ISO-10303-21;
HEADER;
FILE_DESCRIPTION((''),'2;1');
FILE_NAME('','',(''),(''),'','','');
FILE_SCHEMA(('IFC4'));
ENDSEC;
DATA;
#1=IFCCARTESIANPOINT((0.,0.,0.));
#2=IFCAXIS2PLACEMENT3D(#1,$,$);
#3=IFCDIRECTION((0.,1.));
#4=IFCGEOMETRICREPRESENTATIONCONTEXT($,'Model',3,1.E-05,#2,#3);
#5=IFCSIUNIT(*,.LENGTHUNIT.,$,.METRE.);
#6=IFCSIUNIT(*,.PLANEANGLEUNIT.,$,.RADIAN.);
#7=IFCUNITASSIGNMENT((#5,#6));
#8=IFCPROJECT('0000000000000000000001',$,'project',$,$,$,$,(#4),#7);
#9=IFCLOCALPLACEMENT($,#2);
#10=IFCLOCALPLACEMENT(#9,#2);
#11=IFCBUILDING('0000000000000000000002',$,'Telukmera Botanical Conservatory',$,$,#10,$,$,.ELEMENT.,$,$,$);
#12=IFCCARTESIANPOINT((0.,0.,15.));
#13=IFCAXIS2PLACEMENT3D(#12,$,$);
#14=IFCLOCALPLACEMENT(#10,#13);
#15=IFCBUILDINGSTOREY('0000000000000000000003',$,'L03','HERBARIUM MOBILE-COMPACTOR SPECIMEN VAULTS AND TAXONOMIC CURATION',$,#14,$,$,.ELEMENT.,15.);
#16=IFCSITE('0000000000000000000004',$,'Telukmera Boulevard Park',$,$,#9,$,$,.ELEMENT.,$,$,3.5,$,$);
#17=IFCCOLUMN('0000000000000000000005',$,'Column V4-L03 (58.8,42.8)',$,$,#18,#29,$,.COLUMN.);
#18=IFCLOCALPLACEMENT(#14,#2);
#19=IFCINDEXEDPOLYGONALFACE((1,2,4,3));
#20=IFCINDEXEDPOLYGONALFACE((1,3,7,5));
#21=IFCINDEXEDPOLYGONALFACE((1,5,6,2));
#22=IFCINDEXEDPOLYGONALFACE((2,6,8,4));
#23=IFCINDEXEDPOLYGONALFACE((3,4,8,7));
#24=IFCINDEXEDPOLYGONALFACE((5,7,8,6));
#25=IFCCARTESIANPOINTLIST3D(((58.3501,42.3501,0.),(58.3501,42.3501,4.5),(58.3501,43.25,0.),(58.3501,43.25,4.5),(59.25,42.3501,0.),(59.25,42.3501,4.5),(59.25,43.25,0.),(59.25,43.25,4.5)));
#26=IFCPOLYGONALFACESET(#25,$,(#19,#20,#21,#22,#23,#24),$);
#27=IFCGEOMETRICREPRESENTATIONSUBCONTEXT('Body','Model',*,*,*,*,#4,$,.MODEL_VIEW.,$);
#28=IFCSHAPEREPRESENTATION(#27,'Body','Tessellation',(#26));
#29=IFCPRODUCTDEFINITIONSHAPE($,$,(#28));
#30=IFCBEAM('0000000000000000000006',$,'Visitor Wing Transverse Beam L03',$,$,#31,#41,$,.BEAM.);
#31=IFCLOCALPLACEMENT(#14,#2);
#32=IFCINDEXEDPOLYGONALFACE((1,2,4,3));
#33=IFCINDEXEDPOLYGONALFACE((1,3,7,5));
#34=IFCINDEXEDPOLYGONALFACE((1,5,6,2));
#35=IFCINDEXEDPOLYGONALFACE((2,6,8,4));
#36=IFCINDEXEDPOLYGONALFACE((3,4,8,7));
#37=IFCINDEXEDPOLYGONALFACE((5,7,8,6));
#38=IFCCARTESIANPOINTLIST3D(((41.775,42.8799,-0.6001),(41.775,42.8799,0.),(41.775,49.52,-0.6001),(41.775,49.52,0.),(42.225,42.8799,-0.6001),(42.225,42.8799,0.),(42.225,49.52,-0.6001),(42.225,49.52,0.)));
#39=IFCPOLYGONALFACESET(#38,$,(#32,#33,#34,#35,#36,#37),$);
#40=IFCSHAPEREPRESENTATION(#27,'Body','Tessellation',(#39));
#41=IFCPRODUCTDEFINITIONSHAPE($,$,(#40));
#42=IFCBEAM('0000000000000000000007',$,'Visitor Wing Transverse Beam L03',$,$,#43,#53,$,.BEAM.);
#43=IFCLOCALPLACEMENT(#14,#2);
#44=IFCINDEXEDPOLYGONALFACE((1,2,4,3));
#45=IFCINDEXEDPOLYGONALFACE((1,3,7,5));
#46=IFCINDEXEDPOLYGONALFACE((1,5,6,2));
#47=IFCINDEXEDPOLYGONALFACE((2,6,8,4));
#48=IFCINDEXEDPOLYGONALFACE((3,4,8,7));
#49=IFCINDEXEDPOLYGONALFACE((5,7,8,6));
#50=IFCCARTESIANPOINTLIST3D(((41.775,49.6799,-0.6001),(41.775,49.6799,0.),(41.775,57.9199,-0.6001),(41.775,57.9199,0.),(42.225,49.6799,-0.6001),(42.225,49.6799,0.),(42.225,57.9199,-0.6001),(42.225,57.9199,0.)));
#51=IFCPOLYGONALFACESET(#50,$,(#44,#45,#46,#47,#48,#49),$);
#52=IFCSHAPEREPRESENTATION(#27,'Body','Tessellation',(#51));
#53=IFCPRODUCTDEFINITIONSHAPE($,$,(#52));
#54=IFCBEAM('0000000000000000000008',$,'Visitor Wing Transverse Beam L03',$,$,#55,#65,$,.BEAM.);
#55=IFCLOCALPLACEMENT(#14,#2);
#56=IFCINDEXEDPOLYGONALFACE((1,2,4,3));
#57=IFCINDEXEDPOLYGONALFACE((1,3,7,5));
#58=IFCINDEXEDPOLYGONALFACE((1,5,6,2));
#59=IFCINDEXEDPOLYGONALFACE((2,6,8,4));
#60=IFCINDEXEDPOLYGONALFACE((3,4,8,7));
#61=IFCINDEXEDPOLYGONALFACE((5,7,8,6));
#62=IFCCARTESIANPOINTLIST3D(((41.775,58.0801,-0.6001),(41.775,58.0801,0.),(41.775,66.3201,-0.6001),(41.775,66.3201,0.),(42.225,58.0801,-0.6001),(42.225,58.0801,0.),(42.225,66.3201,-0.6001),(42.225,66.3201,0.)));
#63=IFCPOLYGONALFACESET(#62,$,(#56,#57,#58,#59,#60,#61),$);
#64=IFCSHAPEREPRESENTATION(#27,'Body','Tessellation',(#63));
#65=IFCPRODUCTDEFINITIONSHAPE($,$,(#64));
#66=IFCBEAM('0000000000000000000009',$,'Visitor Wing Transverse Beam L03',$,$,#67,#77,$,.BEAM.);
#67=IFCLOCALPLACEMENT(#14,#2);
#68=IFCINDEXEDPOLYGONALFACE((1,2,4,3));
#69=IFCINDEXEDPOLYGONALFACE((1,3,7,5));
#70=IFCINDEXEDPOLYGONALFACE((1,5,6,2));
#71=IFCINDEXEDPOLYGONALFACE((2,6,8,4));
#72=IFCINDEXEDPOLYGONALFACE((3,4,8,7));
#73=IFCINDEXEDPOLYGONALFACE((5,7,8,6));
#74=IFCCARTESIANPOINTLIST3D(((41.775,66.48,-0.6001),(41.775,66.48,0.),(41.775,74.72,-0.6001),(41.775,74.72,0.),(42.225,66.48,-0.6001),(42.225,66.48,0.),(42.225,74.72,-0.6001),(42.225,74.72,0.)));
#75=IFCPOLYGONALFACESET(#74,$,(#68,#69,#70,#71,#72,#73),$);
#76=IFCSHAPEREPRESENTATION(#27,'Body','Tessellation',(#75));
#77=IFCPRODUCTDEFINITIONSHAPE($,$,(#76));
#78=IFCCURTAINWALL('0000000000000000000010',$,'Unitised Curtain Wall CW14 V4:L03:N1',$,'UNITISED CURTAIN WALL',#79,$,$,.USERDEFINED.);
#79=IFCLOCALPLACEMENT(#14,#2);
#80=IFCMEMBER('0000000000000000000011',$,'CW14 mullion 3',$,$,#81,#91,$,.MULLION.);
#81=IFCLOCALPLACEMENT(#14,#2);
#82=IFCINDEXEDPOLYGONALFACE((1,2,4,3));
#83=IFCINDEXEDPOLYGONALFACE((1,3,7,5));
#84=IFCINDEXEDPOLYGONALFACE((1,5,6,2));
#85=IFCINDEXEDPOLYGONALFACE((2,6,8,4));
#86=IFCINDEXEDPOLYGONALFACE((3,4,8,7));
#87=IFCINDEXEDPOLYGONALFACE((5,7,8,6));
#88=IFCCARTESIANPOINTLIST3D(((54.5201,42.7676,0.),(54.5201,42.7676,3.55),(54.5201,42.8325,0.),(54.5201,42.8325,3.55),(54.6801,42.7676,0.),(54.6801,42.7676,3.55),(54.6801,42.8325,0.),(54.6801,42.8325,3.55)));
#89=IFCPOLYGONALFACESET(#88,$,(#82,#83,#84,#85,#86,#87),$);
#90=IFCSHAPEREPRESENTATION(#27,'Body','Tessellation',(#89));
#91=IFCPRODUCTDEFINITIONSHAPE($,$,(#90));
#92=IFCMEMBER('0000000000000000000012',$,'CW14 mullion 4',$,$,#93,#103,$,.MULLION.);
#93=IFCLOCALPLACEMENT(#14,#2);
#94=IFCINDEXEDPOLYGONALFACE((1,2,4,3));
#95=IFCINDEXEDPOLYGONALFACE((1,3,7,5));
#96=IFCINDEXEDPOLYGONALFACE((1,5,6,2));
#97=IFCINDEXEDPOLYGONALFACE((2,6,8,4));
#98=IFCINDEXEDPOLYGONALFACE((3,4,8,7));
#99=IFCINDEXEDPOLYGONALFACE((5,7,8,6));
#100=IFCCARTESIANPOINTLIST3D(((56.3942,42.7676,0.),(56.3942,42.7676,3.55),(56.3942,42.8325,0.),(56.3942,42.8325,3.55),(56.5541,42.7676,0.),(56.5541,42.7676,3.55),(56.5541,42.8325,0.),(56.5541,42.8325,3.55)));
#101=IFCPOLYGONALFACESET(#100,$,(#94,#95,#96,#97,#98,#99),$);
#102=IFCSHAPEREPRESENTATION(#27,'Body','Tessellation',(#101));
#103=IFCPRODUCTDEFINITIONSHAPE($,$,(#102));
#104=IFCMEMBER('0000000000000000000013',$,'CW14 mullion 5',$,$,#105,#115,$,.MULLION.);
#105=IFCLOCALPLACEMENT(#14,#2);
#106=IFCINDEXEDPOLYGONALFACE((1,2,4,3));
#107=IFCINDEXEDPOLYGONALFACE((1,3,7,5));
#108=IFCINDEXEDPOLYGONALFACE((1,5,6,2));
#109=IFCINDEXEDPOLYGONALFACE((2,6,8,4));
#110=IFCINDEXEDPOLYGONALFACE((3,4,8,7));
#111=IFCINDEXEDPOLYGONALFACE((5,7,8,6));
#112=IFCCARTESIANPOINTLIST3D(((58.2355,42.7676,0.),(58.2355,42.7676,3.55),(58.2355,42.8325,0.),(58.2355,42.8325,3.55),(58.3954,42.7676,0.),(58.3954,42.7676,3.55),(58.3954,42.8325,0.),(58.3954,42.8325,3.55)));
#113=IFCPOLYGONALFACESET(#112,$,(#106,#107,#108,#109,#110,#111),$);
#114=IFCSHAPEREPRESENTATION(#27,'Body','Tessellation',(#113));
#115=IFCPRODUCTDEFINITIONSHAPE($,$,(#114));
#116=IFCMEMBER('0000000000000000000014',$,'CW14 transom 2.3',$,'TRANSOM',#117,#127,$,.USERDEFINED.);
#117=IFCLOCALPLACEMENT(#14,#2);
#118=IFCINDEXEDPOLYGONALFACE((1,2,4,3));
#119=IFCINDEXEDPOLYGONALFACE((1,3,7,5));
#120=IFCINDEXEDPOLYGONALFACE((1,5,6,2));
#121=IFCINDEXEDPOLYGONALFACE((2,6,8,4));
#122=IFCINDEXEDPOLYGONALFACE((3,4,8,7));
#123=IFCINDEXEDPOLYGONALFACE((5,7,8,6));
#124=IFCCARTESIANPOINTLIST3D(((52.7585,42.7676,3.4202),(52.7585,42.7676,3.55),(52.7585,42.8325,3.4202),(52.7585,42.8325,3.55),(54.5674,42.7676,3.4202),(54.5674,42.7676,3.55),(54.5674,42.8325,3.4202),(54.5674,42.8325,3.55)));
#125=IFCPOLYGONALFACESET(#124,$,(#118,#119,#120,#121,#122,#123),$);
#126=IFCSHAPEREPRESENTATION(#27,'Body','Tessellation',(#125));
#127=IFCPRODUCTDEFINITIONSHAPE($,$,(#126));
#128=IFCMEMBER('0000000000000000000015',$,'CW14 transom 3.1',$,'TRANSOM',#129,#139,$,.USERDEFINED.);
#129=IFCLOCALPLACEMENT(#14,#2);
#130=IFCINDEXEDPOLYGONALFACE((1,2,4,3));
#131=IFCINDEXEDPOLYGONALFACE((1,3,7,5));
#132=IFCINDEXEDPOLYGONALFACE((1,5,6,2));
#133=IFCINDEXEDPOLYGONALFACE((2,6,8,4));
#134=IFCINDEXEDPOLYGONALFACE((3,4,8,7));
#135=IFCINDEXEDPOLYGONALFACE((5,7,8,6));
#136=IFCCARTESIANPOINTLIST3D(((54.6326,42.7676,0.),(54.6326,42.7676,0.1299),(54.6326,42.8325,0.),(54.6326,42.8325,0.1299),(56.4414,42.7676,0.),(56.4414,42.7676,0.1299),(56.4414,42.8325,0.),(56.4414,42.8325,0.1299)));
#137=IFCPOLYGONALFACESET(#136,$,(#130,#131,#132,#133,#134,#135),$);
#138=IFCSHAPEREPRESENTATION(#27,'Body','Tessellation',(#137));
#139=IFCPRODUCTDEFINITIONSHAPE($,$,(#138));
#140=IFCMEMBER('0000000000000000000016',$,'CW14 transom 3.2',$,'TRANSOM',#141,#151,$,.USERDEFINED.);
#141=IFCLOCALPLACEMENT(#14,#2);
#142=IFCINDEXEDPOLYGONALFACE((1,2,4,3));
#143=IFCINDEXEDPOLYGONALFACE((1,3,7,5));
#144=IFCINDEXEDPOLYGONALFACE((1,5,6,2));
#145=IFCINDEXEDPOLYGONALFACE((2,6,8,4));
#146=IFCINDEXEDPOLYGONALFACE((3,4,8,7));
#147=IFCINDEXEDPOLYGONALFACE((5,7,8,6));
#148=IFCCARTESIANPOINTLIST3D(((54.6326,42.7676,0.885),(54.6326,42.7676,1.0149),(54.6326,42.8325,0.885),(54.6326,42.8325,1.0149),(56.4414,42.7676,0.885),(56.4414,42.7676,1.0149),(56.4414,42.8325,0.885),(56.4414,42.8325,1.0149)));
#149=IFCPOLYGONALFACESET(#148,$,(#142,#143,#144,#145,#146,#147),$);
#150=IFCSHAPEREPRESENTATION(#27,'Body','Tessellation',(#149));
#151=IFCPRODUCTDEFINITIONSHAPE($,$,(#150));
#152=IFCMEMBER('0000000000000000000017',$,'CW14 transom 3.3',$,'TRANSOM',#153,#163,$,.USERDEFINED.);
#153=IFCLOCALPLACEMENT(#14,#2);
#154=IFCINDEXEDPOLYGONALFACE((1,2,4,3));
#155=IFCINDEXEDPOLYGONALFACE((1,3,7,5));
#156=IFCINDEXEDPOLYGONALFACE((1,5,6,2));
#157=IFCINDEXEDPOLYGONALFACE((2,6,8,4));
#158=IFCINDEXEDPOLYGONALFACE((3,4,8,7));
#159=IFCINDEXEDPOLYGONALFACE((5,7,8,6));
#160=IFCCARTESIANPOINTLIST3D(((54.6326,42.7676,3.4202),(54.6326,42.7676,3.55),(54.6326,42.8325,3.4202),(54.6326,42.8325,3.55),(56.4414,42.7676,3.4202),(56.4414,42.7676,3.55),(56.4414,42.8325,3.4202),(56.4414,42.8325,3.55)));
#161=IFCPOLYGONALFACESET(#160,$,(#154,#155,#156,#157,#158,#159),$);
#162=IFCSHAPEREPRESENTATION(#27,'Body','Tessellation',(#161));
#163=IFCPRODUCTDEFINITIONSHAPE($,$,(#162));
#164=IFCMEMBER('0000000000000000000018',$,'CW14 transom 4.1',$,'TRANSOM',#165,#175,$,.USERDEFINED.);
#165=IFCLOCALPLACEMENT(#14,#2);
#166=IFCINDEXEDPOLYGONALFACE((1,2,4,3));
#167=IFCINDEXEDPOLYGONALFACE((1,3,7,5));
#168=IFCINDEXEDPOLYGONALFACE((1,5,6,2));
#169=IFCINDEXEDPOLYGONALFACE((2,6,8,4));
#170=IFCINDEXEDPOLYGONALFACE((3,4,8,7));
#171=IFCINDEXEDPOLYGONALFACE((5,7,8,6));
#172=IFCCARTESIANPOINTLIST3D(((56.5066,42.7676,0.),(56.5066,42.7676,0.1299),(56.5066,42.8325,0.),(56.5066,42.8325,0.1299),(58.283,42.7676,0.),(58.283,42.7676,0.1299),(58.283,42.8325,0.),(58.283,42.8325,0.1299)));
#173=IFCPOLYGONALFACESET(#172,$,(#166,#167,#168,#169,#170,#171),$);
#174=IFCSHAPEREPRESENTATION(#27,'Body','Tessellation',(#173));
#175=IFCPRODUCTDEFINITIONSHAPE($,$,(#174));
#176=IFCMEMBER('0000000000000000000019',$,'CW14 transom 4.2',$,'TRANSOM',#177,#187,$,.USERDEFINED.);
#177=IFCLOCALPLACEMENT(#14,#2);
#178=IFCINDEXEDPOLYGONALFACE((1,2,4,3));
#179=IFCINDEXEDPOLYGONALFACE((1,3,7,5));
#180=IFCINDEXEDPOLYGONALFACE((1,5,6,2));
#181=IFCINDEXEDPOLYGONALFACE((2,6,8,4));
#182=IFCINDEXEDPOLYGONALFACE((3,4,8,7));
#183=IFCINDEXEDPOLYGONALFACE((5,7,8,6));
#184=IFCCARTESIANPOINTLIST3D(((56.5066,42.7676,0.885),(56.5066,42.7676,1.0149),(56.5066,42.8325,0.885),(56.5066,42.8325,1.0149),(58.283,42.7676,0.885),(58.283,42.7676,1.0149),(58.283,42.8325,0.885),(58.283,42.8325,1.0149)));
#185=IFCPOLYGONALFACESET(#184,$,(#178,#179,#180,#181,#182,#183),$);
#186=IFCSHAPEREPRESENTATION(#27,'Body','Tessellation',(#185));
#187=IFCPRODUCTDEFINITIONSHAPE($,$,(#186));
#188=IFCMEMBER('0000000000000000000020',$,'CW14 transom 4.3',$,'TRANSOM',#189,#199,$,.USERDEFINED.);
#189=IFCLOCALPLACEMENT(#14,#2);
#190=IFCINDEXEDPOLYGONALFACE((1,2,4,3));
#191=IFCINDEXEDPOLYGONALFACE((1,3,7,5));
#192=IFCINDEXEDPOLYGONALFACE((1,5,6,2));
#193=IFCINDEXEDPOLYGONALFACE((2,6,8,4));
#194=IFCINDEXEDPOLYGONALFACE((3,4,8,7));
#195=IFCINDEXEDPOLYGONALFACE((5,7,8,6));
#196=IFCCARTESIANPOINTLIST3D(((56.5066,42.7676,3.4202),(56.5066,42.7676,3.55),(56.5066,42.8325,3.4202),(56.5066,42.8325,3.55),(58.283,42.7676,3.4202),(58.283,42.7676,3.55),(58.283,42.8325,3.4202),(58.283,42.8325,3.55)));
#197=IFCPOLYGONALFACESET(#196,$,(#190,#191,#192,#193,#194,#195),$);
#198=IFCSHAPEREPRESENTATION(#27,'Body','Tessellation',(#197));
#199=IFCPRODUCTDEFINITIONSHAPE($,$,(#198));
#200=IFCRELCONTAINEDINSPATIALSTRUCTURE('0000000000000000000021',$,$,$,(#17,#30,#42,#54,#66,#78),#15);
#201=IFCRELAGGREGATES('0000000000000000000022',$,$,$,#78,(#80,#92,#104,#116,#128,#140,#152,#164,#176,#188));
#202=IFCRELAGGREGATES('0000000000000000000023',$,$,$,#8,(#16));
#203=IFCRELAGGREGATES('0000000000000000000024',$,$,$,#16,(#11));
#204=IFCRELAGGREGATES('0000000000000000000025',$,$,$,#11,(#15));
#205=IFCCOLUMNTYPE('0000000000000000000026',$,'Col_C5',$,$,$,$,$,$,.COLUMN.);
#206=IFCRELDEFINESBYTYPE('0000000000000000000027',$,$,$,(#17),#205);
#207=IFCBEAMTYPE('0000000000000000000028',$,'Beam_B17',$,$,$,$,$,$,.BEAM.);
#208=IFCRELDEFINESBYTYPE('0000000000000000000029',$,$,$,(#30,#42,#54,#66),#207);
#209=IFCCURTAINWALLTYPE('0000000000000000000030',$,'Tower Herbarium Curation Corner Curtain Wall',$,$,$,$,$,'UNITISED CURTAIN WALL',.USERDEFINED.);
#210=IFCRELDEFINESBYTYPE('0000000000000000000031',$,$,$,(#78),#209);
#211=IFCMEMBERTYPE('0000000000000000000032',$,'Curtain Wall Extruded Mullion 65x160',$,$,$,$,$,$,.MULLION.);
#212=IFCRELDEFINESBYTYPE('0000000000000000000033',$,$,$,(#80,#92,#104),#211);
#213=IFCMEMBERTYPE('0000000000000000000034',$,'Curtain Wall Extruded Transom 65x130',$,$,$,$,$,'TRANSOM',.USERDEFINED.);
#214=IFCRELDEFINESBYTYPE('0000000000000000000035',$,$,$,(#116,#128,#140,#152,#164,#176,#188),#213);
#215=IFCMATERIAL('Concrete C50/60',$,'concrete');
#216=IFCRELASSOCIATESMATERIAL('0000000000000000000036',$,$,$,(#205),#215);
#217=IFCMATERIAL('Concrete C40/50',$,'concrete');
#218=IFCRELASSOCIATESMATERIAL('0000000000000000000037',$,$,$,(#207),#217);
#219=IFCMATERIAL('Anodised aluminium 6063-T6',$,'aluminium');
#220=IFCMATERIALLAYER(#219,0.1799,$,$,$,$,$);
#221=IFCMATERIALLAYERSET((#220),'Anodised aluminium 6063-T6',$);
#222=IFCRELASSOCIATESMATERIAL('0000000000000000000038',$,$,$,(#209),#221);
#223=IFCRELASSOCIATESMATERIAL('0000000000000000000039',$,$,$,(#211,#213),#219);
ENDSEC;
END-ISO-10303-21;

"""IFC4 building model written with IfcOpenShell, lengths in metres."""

from ifc_helpers import new_model, si_unit, direction, frame, origin, origin_2d, place, context, subcontext, project, spatial, rectangle, extrude, material, layer, layer_set, material_profile, profile_set, type_object, element, aggregate, save


model = new_model("IFC4")

# Units and contexts
model_context = context("Model", 3, precision=1e-05, world=origin(), true_north=direction((0.0, 1.0)))
body_context = subcontext(model_context, "Body", "Model", "MODEL_VIEW")
ifc_project = project(units=[si_unit("LENGTHUNIT", "METRE"), si_unit("PLANEANGLEUNIT", "RADIAN")], contexts=[model_context])

# Site, building, storey
site_placement = place(None, origin())
site = spatial("IfcSite", under=ifc_project, at=site_placement, Name="Telukmera Boulevard Park", CompositionType="ELEMENT", RefElevation=3.5)
building_placement = place(site_placement, origin())
building = spatial("IfcBuilding", under=site, at=building_placement, Name="Telukmera Botanical Conservatory", CompositionType="ELEMENT")
storey_placement = place(building_placement, frame((0.0, 0.0, 15.0)))
storey = spatial("IfcBuildingStorey", under=building, at=storey_placement, Name="L03", Description="HERBARIUM MOBILE-COMPACTOR SPECIMEN VAULTS AND TAXONOMIC CURATION", CompositionType="ELEMENT", Elevation=15.0)

# Column
ifc_material_1 = material(Name="Concrete C50/60", Category="concrete")
ifc_material_profile_1 = material_profile(ifc_material_1, rectangle(XDim=0.8999, YDim=0.8999, at=origin_2d()), Name="RC 900x900")
ifc_profile_set_1 = profile_set([ifc_material_profile_1], Name="Concrete C50/60")
column_type = type_object("IfcColumnType", Name="Col_C5", PredefinedType="COLUMN", material=ifc_profile_set_1)
column_placement = place(storey_placement, frame((58.8, 42.8, 0.0), z_axis=(0.0, 0.0, 1.0), x_axis=(1.0, 0.0, 0.0)))
element("IfcColumn", 1, at=column_placement, inside=storey, type_object=column_type, Name="Column V4-L03 (58.8,42.8)", PredefinedType="COLUMN", context=body_context, shape_type="SweptSolid", body=[
    extrude(rectangle(XDim=0.8999, YDim=0.8999, at=origin_2d()), origin(), (0.0, 0.0, 1.0), 4.5),
])

# Beams
ifc_material_2 = material(Name="Concrete C40/50", Category="concrete")
ifc_material_profile_2 = material_profile(ifc_material_2, rectangle(XDim=0.45, YDim=0.6001, at=origin_2d()), Name="RC 450x600")
ifc_profile_set_2 = profile_set([ifc_material_profile_2], Name="Concrete C40/50")
beam_type = type_object("IfcBeamType", Name="Beam_B17", PredefinedType="BEAM", material=ifc_profile_set_2)
beam_placement = place(storey_placement, frame((42.0, 42.8799, -0.3), z_axis=(0.0, 1.0, 0.0), x_axis=(-1.0, 0.0, 0.0)))
element("IfcBeam", 2, at=beam_placement, inside=storey, type_object=beam_type, Name="Visitor Wing Transverse Beam L03", PredefinedType="BEAM", context=body_context, shape_type="SweptSolid", body=[
    extrude(rectangle(XDim=0.45, YDim=0.6001, at=origin_2d()), origin(), (0.0, 0.0, 1.0), 6.6401),
])
for number, where, z_axis, x_axis, name in (
    (3, (42.0, 49.6799, -0.3), (0.0, 1.0, 0.0), (-1.0, 0.0, 0.0), "Visitor Wing Transverse Beam L03"),
    (4, (42.0, 58.0801, -0.3), (0.0, 1.0, 0.0), (-1.0, 0.0, 0.0), "Visitor Wing Transverse Beam L03"),
    (5, (42.0, 66.48, -0.3), (0.0, 1.0, 0.0), (-1.0, 0.0, 0.0), "Visitor Wing Transverse Beam L03"),
):
    element("IfcBeam", number, at=place(storey_placement, frame(where, z_axis=z_axis, x_axis=x_axis)), inside=storey, type_object=beam_type, Name=name, PredefinedType="BEAM", context=body_context, shape_type="SweptSolid", body=[
        extrude(rectangle(XDim=0.45, YDim=0.6001, at=origin_2d()), origin(), (0.0, 0.0, 1.0), 8.24),
    ])

# Curtain wall, members
ifc_material_3 = material(Name="Anodised aluminium 6063-T6", Category="aluminium")
ifc_layer_1 = layer(ifc_material_3, 0.1799)
ifc_layer_set_1 = layer_set([ifc_layer_1], Name="Anodised aluminium 6063-T6")
curtain_wall_type = type_object("IfcCurtainWallType", Name="Tower Herbarium Curation Corner Curtain Wall", ElementType="UNITISED CURTAIN WALL", PredefinedType="USERDEFINED", material=ifc_layer_set_1)
curtain_wall_placement = place(storey_placement, origin())
curtain_wall = element("IfcCurtainWall", 6, at=curtain_wall_placement, inside=storey, type_object=curtain_wall_type, Name="Unitised Curtain Wall CW14 V4:L03:N1", ObjectType="UNITISED CURTAIN WALL", PredefinedType="USERDEFINED")
ifc_material_profile_3 = material_profile(ifc_material_3, rectangle(XDim=0.0649, YDim=0.1599, at=origin_2d()), Name="ALU MULL 65x160")
ifc_profile_set_3 = profile_set([ifc_material_profile_3], Name="Anodised aluminium 6063-T6")
member_type_1 = type_object("IfcMemberType", Name="Curtain Wall Extruded Mullion 65x160", PredefinedType="MULLION", material=ifc_profile_set_3)
member_1_placement = place(storey_placement, frame((54.6001, 42.8, 0.0), z_axis=(0.0, 0.0, 1.0), x_axis=(0.0, 1.0, 0.0)))
member_1 = element("IfcMember", 7, at=member_1_placement, type_object=member_type_1, Name="CW14 mullion 3", PredefinedType="MULLION", context=body_context, shape_type="SweptSolid", body=[
    extrude(rectangle(XDim=0.0649, YDim=0.1599, at=origin_2d()), origin(), (0.0, 0.0, 1.0), 3.55),
])
member_2_placement = place(storey_placement, frame((56.4741, 42.8, 0.0), z_axis=(0.0, 0.0, 1.0), x_axis=(0.0, 1.0, 0.0)))
member_2 = element("IfcMember", 8, at=member_2_placement, type_object=member_type_1, Name="CW14 mullion 4", PredefinedType="MULLION", context=body_context, shape_type="SweptSolid", body=[
    extrude(rectangle(XDim=0.0649, YDim=0.1599, at=origin_2d()), origin(), (0.0, 0.0, 1.0), 3.55),
])
member_3_placement = place(storey_placement, frame((58.3154, 42.8, 0.0), z_axis=(0.0, 0.0, 1.0), x_axis=(0.0, 1.0, 0.0)))
member_3 = element("IfcMember", 9, at=member_3_placement, type_object=member_type_1, Name="CW14 mullion 5", PredefinedType="MULLION", context=body_context, shape_type="SweptSolid", body=[
    extrude(rectangle(XDim=0.0649, YDim=0.1599, at=origin_2d()), origin(), (0.0, 0.0, 1.0), 3.55),
])
ifc_material_profile_4 = material_profile(ifc_material_3, rectangle(XDim=0.0649, YDim=0.1299, at=origin_2d()), Name="ALU TRAN 65x130")
ifc_profile_set_4 = profile_set([ifc_material_profile_4], Name="Anodised aluminium 6063-T6")
member_type_2 = type_object("IfcMemberType", Name="Curtain Wall Extruded Transom 65x130", ElementType="TRANSOM", PredefinedType="USERDEFINED", material=ifc_profile_set_4)
member_4_placement = place(storey_placement, frame((52.7585, 42.8, 3.4851), z_axis=(1.0, 0.0, 0.0), x_axis=(0.0, 1.0, 0.0)))
member_4 = element("IfcMember", 10, at=member_4_placement, type_object=member_type_2, Name="CW14 transom 2.3", ObjectType="TRANSOM", PredefinedType="USERDEFINED", context=body_context, shape_type="SweptSolid", body=[
    extrude(rectangle(XDim=0.0649, YDim=0.1299, at=origin_2d()), origin(), (0.0, 0.0, 1.0), 1.8088),
])
member_5_placement = place(storey_placement, frame((54.6326, 42.8, 0.0649), z_axis=(1.0, 0.0, 0.0), x_axis=(0.0, 1.0, 0.0)))
member_5 = element("IfcMember", 11, at=member_5_placement, type_object=member_type_2, Name="CW14 transom 3.1", ObjectType="TRANSOM", PredefinedType="USERDEFINED", context=body_context, shape_type="SweptSolid", body=[
    extrude(rectangle(XDim=0.0649, YDim=0.1299, at=origin_2d()), origin(), (0.0, 0.0, 1.0), 1.8088),
])
member_6_placement = place(storey_placement, frame((54.6326, 42.8, 0.95), z_axis=(1.0, 0.0, 0.0), x_axis=(0.0, 1.0, 0.0)))
member_6 = element("IfcMember", 12, at=member_6_placement, type_object=member_type_2, Name="CW14 transom 3.2", ObjectType="TRANSOM", PredefinedType="USERDEFINED", context=body_context, shape_type="SweptSolid", body=[
    extrude(rectangle(XDim=0.0649, YDim=0.1299, at=origin_2d()), origin(), (0.0, 0.0, 1.0), 1.8088),
])
member_7_placement = place(storey_placement, frame((54.6326, 42.8, 3.4851), z_axis=(1.0, 0.0, 0.0), x_axis=(0.0, 1.0, 0.0)))
member_7 = element("IfcMember", 13, at=member_7_placement, type_object=member_type_2, Name="CW14 transom 3.3", ObjectType="TRANSOM", PredefinedType="USERDEFINED", context=body_context, shape_type="SweptSolid", body=[
    extrude(rectangle(XDim=0.0649, YDim=0.1299, at=origin_2d()), origin(), (0.0, 0.0, 1.0), 1.8088),
])
member_8_placement = place(storey_placement, frame((56.5066, 42.8, 0.0649), z_axis=(1.0, 0.0, 0.0), x_axis=(0.0, 1.0, 0.0)))
member_8 = element("IfcMember", 14, at=member_8_placement, type_object=member_type_2, Name="CW14 transom 4.1", ObjectType="TRANSOM", PredefinedType="USERDEFINED", context=body_context, shape_type="SweptSolid", body=[
    extrude(rectangle(XDim=0.0649, YDim=0.1299, at=origin_2d()), origin(), (0.0, 0.0, 1.0), 1.7764),
])
member_9_placement = place(storey_placement, frame((56.5066, 42.8, 0.95), z_axis=(1.0, 0.0, 0.0), x_axis=(0.0, 1.0, 0.0)))
member_9 = element("IfcMember", 15, at=member_9_placement, type_object=member_type_2, Name="CW14 transom 4.2", ObjectType="TRANSOM", PredefinedType="USERDEFINED", context=body_context, shape_type="SweptSolid", body=[
    extrude(rectangle(XDim=0.0649, YDim=0.1299, at=origin_2d()), origin(), (0.0, 0.0, 1.0), 1.7764),
])
member_10_placement = place(storey_placement, frame((56.5066, 42.8, 3.4851), z_axis=(1.0, 0.0, 0.0), x_axis=(0.0, 1.0, 0.0)))
member_10 = element("IfcMember", 16, at=member_10_placement, type_object=member_type_2, Name="CW14 transom 4.3", ObjectType="TRANSOM", PredefinedType="USERDEFINED", context=body_context, shape_type="SweptSolid", body=[
    extrude(rectangle(XDim=0.0649, YDim=0.1299, at=origin_2d()), origin(), (0.0, 0.0, 1.0), 1.7764),
])
aggregate(curtain_wall, [member_1, member_2, member_3, member_4, member_5, member_6, member_7, member_8, member_9, member_10])

save(model, "model.ifc")
